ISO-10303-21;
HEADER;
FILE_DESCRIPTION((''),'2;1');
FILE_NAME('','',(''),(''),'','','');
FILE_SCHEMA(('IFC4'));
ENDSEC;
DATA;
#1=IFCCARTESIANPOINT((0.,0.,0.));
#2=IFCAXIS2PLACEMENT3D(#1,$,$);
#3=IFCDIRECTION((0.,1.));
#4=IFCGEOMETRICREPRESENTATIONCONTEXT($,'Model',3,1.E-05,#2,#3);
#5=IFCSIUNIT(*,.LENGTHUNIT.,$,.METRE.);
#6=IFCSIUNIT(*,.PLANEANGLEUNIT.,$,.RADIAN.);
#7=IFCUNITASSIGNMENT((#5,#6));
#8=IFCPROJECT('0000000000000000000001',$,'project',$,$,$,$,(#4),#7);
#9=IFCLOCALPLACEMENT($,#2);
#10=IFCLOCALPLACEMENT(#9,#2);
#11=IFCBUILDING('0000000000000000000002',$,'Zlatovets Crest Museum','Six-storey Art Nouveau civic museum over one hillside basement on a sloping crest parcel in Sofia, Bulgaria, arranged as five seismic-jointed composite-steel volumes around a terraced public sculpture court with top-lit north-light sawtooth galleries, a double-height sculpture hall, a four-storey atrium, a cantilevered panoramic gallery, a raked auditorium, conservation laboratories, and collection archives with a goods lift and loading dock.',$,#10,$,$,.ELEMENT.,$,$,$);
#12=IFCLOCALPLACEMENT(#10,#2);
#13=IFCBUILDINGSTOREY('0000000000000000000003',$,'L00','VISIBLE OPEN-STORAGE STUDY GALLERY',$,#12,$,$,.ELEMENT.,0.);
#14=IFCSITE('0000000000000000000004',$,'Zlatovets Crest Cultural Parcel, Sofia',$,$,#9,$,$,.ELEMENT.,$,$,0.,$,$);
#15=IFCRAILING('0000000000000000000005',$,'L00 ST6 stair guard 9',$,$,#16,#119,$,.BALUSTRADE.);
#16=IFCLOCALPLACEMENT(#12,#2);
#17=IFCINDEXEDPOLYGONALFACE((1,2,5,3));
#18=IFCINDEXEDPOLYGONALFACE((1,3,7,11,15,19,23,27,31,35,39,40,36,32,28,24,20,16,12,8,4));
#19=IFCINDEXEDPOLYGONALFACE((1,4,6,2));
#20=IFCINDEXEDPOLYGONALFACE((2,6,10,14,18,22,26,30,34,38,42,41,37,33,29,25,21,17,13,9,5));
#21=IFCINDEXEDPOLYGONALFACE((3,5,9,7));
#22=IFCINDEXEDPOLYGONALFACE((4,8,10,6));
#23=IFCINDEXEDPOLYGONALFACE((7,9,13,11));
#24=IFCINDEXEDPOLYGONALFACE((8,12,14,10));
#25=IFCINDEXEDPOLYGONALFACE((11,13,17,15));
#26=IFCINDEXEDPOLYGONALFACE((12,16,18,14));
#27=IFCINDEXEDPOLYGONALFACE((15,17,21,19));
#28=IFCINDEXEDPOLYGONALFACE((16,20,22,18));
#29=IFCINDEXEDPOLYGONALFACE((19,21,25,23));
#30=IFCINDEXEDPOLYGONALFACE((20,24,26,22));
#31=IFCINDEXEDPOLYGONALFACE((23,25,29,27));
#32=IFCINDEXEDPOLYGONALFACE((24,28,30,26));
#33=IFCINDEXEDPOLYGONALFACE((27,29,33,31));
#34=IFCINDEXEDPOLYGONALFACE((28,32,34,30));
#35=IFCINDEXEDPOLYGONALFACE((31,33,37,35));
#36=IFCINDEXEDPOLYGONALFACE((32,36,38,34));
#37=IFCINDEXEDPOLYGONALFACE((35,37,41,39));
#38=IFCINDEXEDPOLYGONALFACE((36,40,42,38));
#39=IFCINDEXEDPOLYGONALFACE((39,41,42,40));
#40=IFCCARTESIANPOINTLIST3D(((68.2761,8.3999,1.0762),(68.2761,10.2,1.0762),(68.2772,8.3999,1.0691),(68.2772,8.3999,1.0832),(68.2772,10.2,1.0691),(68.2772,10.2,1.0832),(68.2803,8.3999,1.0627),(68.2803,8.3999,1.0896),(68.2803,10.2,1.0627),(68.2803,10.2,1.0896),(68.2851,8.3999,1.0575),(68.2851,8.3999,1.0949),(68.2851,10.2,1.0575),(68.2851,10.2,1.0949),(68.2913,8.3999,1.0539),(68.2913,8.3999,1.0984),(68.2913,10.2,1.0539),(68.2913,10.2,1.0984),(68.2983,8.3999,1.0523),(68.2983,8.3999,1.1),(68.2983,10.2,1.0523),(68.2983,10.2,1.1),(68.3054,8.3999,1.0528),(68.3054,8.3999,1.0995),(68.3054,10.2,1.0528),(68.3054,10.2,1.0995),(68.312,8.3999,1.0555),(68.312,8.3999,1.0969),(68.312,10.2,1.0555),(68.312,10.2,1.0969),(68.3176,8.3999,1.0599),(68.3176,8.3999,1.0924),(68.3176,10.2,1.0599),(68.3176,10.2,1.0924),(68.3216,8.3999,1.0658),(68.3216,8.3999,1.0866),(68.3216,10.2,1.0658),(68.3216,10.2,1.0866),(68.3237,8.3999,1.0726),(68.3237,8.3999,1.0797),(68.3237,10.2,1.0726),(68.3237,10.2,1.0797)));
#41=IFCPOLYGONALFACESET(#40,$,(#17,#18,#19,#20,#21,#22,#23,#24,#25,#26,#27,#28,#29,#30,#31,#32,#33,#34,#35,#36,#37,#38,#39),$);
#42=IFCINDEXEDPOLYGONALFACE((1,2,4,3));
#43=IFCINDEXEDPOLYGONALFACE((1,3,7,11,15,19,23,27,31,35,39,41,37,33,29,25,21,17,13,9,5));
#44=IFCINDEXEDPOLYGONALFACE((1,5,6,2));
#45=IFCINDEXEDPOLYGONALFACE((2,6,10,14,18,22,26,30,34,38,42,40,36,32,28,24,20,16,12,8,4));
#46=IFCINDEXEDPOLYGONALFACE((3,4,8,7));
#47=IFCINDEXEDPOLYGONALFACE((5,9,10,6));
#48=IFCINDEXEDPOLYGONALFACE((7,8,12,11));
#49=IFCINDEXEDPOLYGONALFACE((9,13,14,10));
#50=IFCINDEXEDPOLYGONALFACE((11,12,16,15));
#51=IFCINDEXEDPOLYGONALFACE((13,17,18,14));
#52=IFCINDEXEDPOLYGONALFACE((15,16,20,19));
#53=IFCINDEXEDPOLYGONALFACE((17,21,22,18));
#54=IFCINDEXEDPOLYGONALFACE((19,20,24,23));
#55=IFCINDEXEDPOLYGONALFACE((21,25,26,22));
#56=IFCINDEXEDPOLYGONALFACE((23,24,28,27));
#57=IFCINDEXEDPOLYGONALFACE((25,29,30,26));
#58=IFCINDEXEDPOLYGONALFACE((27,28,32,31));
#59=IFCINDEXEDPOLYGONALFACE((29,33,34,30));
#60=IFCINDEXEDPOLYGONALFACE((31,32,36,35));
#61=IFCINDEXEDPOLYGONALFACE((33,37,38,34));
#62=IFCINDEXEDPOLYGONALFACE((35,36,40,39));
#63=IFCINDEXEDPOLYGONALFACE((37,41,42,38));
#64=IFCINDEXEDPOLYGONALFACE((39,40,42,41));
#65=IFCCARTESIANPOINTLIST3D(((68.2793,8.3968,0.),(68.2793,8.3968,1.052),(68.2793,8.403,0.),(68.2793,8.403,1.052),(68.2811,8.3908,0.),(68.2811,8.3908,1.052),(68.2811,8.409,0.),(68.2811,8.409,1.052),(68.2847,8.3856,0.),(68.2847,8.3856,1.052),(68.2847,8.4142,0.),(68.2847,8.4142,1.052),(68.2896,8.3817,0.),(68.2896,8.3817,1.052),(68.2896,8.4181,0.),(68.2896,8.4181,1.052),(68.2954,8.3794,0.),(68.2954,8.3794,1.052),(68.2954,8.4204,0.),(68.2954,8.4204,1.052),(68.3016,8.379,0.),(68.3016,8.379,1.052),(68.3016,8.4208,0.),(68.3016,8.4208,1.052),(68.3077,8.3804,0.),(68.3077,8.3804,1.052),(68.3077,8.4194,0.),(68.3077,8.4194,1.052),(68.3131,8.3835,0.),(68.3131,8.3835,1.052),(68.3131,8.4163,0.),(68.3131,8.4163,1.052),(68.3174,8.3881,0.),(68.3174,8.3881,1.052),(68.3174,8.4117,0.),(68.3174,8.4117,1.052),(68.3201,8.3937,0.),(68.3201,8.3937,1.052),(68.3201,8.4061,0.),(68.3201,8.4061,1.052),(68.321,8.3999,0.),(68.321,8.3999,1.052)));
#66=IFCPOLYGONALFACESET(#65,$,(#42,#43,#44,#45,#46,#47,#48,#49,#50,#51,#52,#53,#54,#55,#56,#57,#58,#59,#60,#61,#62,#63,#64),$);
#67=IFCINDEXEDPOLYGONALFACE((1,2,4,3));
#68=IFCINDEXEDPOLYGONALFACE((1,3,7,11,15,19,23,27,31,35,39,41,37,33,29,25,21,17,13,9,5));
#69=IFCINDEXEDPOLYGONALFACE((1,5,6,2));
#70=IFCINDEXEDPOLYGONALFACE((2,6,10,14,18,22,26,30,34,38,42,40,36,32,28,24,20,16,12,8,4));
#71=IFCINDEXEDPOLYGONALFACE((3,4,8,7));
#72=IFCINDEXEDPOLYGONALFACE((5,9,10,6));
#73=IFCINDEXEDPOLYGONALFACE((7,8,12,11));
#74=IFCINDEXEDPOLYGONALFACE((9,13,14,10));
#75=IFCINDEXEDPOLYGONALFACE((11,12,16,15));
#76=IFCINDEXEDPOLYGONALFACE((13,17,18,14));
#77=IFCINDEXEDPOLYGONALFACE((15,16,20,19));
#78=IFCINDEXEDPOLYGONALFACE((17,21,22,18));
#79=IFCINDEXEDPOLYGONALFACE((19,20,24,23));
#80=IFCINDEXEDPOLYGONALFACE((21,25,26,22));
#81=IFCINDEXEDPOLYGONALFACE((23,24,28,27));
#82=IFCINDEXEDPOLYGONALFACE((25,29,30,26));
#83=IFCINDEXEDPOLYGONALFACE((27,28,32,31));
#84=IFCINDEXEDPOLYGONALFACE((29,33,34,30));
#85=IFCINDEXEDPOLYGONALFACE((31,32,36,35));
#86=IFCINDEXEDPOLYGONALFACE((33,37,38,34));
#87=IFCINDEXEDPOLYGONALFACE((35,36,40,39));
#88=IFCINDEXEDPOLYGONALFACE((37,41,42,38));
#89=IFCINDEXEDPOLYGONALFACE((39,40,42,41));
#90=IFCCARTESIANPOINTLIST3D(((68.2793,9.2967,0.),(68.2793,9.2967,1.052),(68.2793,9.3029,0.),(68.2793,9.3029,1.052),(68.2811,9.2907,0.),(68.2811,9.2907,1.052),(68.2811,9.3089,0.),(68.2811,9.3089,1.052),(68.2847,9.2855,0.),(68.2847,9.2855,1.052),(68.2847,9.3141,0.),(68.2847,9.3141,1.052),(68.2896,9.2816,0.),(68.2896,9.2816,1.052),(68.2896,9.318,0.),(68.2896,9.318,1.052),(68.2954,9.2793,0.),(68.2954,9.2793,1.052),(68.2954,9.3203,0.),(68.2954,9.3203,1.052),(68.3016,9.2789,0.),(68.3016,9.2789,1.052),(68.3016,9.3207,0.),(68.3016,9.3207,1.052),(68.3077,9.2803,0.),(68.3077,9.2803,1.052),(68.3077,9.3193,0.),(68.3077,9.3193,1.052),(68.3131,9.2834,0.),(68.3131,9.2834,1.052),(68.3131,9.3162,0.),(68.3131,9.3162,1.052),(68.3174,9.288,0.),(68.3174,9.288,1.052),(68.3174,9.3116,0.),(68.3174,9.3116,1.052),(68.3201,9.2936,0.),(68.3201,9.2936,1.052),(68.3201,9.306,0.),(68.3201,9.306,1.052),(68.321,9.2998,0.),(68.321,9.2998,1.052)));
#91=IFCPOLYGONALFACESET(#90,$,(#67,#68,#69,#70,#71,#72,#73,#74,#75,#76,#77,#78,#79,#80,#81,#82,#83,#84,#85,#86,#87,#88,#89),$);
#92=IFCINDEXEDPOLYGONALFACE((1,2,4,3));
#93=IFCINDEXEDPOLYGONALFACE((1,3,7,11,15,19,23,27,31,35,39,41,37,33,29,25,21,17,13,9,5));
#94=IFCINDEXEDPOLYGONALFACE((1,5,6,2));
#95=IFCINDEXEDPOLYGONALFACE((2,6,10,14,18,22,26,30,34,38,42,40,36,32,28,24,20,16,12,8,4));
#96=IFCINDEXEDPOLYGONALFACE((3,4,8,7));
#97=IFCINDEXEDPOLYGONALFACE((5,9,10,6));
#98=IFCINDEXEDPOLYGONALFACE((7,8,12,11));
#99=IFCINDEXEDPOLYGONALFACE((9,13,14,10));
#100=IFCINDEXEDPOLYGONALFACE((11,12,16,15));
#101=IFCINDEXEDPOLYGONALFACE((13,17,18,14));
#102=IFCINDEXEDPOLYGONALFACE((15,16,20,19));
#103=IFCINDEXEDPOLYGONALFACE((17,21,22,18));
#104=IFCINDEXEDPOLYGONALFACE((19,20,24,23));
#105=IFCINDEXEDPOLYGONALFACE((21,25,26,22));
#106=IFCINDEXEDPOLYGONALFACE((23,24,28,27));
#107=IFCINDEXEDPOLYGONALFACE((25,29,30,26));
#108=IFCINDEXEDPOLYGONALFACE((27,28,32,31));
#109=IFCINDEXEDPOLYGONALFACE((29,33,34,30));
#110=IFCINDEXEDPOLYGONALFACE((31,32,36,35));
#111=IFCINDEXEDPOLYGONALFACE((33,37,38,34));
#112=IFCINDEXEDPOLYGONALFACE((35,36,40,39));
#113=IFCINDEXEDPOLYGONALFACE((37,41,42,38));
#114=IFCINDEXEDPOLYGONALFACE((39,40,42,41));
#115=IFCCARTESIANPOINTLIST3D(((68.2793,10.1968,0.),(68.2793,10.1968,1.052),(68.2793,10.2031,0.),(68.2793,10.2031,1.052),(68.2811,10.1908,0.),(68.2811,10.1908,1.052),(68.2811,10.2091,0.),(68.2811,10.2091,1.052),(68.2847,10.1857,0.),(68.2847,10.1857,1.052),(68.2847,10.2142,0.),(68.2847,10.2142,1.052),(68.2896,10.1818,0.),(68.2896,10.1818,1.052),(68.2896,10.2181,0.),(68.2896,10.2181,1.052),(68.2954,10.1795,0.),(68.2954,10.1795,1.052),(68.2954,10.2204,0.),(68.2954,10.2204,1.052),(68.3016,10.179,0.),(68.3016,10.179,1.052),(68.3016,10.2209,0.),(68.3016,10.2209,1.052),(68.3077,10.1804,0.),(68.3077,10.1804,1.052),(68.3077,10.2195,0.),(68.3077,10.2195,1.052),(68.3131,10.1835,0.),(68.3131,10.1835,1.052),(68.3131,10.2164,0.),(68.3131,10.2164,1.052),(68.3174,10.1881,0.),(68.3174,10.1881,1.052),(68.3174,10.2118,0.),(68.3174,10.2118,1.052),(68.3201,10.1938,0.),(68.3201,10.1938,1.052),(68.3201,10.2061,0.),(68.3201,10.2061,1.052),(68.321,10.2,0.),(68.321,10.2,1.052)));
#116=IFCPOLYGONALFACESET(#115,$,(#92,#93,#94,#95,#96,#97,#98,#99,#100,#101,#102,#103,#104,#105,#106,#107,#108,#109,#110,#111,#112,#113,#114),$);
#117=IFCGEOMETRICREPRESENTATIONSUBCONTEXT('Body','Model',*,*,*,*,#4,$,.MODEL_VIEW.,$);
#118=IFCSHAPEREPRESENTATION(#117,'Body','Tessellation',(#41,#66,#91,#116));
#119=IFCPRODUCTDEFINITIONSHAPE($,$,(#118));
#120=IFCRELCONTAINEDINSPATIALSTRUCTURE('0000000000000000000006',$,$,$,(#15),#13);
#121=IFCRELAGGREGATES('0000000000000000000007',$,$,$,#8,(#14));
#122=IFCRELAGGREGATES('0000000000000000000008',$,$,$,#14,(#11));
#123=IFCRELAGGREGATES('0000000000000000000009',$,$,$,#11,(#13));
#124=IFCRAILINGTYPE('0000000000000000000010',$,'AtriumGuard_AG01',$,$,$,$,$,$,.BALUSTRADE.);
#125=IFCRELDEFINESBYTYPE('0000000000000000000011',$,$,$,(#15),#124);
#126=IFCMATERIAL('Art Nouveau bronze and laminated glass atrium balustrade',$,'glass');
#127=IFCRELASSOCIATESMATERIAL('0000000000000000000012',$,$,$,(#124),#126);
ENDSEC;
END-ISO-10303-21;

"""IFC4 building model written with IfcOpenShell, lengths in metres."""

from ifc_helpers import new_model, si_unit, direction, frame, origin, origin_2d, place, context, subcontext, project, spatial, circle, extrude, material, type_object, element, save


model = new_model("IFC4")

# Units and contexts
model_context = context("Model", 3, precision=1e-05, world=origin(), true_north=direction((0.0, 1.0)))
body_context = subcontext(model_context, "Body", "Model", "MODEL_VIEW")
ifc_project = project(units=[si_unit("LENGTHUNIT", "METRE"), si_unit("PLANEANGLEUNIT", "RADIAN")], contexts=[model_context])

# Site, building, storey
site_placement = place(None, origin())
site = spatial("IfcSite", under=ifc_project, at=site_placement, Name="Zlatovets Crest Cultural Parcel, Sofia", CompositionType="ELEMENT", RefElevation=0.0)
building_placement = place(site_placement, origin())
building = spatial("IfcBuilding", under=site, at=building_placement, Name="Zlatovets Crest Museum", Description="Six-storey Art Nouveau civic museum over one hillside basement on a sloping crest parcel in Sofia, Bulgaria, arranged as five seismic-jointed composite-steel volumes around a terraced public sculpture court with top-lit north-light sawtooth galleries, a double-height sculpture hall, a four-storey atrium, a cantilevered panoramic gallery, a raked auditorium, conservation laboratories, and collection archives with a goods lift and loading dock.", CompositionType="ELEMENT")
storey_placement = place(building_placement, origin())
storey = spatial("IfcBuildingStorey", under=building, at=storey_placement, Name="L00", Description="VISIBLE OPEN-STORAGE STUDY GALLERY", CompositionType="ELEMENT", Elevation=0.0)

# Railing
ifc_material_1 = material(Name="Art Nouveau bronze and laminated glass atrium balustrade", Category="glass")
railing_type_1 = type_object("IfcRailingType", Name="AtriumGuard_AG01", PredefinedType="BALUSTRADE", material=ifc_material_1)
railing_1_placement = place(storey_placement, frame((68.3, 8.3999, 0.0)))
element("IfcRailing", 1, at=railing_1_placement, inside=storey, type_object=railing_type_1, Name="L00 ST6 stair guard 9", PredefinedType="BALUSTRADE", context=body_context, shape_type="SweptSolid", body=[
    extrude(circle(Radius=0.0239, at=origin_2d()), frame((0.0, 0.0, 1.0762), z_axis=(0.0, 1.0, 0.0), x_axis=(-1.0, 0.0, 0.0)), (0.0, 0.0, 1.0), 1.8),
    extrude(circle(Radius=0.021, at=origin_2d()), origin(), (0.0, 0.0, 1.0), 1.052),
    extrude(circle(Radius=0.021, at=origin_2d()), frame((0.0, 0.8999, 0.0)), (0.0, 0.0, 1.0), 1.052),
    extrude(circle(Radius=0.021, at=origin_2d()), frame((0.0, 1.8, 0.0)), (0.0, 0.0, 1.0), 1.052),
])

save(model, "model.ifc")
